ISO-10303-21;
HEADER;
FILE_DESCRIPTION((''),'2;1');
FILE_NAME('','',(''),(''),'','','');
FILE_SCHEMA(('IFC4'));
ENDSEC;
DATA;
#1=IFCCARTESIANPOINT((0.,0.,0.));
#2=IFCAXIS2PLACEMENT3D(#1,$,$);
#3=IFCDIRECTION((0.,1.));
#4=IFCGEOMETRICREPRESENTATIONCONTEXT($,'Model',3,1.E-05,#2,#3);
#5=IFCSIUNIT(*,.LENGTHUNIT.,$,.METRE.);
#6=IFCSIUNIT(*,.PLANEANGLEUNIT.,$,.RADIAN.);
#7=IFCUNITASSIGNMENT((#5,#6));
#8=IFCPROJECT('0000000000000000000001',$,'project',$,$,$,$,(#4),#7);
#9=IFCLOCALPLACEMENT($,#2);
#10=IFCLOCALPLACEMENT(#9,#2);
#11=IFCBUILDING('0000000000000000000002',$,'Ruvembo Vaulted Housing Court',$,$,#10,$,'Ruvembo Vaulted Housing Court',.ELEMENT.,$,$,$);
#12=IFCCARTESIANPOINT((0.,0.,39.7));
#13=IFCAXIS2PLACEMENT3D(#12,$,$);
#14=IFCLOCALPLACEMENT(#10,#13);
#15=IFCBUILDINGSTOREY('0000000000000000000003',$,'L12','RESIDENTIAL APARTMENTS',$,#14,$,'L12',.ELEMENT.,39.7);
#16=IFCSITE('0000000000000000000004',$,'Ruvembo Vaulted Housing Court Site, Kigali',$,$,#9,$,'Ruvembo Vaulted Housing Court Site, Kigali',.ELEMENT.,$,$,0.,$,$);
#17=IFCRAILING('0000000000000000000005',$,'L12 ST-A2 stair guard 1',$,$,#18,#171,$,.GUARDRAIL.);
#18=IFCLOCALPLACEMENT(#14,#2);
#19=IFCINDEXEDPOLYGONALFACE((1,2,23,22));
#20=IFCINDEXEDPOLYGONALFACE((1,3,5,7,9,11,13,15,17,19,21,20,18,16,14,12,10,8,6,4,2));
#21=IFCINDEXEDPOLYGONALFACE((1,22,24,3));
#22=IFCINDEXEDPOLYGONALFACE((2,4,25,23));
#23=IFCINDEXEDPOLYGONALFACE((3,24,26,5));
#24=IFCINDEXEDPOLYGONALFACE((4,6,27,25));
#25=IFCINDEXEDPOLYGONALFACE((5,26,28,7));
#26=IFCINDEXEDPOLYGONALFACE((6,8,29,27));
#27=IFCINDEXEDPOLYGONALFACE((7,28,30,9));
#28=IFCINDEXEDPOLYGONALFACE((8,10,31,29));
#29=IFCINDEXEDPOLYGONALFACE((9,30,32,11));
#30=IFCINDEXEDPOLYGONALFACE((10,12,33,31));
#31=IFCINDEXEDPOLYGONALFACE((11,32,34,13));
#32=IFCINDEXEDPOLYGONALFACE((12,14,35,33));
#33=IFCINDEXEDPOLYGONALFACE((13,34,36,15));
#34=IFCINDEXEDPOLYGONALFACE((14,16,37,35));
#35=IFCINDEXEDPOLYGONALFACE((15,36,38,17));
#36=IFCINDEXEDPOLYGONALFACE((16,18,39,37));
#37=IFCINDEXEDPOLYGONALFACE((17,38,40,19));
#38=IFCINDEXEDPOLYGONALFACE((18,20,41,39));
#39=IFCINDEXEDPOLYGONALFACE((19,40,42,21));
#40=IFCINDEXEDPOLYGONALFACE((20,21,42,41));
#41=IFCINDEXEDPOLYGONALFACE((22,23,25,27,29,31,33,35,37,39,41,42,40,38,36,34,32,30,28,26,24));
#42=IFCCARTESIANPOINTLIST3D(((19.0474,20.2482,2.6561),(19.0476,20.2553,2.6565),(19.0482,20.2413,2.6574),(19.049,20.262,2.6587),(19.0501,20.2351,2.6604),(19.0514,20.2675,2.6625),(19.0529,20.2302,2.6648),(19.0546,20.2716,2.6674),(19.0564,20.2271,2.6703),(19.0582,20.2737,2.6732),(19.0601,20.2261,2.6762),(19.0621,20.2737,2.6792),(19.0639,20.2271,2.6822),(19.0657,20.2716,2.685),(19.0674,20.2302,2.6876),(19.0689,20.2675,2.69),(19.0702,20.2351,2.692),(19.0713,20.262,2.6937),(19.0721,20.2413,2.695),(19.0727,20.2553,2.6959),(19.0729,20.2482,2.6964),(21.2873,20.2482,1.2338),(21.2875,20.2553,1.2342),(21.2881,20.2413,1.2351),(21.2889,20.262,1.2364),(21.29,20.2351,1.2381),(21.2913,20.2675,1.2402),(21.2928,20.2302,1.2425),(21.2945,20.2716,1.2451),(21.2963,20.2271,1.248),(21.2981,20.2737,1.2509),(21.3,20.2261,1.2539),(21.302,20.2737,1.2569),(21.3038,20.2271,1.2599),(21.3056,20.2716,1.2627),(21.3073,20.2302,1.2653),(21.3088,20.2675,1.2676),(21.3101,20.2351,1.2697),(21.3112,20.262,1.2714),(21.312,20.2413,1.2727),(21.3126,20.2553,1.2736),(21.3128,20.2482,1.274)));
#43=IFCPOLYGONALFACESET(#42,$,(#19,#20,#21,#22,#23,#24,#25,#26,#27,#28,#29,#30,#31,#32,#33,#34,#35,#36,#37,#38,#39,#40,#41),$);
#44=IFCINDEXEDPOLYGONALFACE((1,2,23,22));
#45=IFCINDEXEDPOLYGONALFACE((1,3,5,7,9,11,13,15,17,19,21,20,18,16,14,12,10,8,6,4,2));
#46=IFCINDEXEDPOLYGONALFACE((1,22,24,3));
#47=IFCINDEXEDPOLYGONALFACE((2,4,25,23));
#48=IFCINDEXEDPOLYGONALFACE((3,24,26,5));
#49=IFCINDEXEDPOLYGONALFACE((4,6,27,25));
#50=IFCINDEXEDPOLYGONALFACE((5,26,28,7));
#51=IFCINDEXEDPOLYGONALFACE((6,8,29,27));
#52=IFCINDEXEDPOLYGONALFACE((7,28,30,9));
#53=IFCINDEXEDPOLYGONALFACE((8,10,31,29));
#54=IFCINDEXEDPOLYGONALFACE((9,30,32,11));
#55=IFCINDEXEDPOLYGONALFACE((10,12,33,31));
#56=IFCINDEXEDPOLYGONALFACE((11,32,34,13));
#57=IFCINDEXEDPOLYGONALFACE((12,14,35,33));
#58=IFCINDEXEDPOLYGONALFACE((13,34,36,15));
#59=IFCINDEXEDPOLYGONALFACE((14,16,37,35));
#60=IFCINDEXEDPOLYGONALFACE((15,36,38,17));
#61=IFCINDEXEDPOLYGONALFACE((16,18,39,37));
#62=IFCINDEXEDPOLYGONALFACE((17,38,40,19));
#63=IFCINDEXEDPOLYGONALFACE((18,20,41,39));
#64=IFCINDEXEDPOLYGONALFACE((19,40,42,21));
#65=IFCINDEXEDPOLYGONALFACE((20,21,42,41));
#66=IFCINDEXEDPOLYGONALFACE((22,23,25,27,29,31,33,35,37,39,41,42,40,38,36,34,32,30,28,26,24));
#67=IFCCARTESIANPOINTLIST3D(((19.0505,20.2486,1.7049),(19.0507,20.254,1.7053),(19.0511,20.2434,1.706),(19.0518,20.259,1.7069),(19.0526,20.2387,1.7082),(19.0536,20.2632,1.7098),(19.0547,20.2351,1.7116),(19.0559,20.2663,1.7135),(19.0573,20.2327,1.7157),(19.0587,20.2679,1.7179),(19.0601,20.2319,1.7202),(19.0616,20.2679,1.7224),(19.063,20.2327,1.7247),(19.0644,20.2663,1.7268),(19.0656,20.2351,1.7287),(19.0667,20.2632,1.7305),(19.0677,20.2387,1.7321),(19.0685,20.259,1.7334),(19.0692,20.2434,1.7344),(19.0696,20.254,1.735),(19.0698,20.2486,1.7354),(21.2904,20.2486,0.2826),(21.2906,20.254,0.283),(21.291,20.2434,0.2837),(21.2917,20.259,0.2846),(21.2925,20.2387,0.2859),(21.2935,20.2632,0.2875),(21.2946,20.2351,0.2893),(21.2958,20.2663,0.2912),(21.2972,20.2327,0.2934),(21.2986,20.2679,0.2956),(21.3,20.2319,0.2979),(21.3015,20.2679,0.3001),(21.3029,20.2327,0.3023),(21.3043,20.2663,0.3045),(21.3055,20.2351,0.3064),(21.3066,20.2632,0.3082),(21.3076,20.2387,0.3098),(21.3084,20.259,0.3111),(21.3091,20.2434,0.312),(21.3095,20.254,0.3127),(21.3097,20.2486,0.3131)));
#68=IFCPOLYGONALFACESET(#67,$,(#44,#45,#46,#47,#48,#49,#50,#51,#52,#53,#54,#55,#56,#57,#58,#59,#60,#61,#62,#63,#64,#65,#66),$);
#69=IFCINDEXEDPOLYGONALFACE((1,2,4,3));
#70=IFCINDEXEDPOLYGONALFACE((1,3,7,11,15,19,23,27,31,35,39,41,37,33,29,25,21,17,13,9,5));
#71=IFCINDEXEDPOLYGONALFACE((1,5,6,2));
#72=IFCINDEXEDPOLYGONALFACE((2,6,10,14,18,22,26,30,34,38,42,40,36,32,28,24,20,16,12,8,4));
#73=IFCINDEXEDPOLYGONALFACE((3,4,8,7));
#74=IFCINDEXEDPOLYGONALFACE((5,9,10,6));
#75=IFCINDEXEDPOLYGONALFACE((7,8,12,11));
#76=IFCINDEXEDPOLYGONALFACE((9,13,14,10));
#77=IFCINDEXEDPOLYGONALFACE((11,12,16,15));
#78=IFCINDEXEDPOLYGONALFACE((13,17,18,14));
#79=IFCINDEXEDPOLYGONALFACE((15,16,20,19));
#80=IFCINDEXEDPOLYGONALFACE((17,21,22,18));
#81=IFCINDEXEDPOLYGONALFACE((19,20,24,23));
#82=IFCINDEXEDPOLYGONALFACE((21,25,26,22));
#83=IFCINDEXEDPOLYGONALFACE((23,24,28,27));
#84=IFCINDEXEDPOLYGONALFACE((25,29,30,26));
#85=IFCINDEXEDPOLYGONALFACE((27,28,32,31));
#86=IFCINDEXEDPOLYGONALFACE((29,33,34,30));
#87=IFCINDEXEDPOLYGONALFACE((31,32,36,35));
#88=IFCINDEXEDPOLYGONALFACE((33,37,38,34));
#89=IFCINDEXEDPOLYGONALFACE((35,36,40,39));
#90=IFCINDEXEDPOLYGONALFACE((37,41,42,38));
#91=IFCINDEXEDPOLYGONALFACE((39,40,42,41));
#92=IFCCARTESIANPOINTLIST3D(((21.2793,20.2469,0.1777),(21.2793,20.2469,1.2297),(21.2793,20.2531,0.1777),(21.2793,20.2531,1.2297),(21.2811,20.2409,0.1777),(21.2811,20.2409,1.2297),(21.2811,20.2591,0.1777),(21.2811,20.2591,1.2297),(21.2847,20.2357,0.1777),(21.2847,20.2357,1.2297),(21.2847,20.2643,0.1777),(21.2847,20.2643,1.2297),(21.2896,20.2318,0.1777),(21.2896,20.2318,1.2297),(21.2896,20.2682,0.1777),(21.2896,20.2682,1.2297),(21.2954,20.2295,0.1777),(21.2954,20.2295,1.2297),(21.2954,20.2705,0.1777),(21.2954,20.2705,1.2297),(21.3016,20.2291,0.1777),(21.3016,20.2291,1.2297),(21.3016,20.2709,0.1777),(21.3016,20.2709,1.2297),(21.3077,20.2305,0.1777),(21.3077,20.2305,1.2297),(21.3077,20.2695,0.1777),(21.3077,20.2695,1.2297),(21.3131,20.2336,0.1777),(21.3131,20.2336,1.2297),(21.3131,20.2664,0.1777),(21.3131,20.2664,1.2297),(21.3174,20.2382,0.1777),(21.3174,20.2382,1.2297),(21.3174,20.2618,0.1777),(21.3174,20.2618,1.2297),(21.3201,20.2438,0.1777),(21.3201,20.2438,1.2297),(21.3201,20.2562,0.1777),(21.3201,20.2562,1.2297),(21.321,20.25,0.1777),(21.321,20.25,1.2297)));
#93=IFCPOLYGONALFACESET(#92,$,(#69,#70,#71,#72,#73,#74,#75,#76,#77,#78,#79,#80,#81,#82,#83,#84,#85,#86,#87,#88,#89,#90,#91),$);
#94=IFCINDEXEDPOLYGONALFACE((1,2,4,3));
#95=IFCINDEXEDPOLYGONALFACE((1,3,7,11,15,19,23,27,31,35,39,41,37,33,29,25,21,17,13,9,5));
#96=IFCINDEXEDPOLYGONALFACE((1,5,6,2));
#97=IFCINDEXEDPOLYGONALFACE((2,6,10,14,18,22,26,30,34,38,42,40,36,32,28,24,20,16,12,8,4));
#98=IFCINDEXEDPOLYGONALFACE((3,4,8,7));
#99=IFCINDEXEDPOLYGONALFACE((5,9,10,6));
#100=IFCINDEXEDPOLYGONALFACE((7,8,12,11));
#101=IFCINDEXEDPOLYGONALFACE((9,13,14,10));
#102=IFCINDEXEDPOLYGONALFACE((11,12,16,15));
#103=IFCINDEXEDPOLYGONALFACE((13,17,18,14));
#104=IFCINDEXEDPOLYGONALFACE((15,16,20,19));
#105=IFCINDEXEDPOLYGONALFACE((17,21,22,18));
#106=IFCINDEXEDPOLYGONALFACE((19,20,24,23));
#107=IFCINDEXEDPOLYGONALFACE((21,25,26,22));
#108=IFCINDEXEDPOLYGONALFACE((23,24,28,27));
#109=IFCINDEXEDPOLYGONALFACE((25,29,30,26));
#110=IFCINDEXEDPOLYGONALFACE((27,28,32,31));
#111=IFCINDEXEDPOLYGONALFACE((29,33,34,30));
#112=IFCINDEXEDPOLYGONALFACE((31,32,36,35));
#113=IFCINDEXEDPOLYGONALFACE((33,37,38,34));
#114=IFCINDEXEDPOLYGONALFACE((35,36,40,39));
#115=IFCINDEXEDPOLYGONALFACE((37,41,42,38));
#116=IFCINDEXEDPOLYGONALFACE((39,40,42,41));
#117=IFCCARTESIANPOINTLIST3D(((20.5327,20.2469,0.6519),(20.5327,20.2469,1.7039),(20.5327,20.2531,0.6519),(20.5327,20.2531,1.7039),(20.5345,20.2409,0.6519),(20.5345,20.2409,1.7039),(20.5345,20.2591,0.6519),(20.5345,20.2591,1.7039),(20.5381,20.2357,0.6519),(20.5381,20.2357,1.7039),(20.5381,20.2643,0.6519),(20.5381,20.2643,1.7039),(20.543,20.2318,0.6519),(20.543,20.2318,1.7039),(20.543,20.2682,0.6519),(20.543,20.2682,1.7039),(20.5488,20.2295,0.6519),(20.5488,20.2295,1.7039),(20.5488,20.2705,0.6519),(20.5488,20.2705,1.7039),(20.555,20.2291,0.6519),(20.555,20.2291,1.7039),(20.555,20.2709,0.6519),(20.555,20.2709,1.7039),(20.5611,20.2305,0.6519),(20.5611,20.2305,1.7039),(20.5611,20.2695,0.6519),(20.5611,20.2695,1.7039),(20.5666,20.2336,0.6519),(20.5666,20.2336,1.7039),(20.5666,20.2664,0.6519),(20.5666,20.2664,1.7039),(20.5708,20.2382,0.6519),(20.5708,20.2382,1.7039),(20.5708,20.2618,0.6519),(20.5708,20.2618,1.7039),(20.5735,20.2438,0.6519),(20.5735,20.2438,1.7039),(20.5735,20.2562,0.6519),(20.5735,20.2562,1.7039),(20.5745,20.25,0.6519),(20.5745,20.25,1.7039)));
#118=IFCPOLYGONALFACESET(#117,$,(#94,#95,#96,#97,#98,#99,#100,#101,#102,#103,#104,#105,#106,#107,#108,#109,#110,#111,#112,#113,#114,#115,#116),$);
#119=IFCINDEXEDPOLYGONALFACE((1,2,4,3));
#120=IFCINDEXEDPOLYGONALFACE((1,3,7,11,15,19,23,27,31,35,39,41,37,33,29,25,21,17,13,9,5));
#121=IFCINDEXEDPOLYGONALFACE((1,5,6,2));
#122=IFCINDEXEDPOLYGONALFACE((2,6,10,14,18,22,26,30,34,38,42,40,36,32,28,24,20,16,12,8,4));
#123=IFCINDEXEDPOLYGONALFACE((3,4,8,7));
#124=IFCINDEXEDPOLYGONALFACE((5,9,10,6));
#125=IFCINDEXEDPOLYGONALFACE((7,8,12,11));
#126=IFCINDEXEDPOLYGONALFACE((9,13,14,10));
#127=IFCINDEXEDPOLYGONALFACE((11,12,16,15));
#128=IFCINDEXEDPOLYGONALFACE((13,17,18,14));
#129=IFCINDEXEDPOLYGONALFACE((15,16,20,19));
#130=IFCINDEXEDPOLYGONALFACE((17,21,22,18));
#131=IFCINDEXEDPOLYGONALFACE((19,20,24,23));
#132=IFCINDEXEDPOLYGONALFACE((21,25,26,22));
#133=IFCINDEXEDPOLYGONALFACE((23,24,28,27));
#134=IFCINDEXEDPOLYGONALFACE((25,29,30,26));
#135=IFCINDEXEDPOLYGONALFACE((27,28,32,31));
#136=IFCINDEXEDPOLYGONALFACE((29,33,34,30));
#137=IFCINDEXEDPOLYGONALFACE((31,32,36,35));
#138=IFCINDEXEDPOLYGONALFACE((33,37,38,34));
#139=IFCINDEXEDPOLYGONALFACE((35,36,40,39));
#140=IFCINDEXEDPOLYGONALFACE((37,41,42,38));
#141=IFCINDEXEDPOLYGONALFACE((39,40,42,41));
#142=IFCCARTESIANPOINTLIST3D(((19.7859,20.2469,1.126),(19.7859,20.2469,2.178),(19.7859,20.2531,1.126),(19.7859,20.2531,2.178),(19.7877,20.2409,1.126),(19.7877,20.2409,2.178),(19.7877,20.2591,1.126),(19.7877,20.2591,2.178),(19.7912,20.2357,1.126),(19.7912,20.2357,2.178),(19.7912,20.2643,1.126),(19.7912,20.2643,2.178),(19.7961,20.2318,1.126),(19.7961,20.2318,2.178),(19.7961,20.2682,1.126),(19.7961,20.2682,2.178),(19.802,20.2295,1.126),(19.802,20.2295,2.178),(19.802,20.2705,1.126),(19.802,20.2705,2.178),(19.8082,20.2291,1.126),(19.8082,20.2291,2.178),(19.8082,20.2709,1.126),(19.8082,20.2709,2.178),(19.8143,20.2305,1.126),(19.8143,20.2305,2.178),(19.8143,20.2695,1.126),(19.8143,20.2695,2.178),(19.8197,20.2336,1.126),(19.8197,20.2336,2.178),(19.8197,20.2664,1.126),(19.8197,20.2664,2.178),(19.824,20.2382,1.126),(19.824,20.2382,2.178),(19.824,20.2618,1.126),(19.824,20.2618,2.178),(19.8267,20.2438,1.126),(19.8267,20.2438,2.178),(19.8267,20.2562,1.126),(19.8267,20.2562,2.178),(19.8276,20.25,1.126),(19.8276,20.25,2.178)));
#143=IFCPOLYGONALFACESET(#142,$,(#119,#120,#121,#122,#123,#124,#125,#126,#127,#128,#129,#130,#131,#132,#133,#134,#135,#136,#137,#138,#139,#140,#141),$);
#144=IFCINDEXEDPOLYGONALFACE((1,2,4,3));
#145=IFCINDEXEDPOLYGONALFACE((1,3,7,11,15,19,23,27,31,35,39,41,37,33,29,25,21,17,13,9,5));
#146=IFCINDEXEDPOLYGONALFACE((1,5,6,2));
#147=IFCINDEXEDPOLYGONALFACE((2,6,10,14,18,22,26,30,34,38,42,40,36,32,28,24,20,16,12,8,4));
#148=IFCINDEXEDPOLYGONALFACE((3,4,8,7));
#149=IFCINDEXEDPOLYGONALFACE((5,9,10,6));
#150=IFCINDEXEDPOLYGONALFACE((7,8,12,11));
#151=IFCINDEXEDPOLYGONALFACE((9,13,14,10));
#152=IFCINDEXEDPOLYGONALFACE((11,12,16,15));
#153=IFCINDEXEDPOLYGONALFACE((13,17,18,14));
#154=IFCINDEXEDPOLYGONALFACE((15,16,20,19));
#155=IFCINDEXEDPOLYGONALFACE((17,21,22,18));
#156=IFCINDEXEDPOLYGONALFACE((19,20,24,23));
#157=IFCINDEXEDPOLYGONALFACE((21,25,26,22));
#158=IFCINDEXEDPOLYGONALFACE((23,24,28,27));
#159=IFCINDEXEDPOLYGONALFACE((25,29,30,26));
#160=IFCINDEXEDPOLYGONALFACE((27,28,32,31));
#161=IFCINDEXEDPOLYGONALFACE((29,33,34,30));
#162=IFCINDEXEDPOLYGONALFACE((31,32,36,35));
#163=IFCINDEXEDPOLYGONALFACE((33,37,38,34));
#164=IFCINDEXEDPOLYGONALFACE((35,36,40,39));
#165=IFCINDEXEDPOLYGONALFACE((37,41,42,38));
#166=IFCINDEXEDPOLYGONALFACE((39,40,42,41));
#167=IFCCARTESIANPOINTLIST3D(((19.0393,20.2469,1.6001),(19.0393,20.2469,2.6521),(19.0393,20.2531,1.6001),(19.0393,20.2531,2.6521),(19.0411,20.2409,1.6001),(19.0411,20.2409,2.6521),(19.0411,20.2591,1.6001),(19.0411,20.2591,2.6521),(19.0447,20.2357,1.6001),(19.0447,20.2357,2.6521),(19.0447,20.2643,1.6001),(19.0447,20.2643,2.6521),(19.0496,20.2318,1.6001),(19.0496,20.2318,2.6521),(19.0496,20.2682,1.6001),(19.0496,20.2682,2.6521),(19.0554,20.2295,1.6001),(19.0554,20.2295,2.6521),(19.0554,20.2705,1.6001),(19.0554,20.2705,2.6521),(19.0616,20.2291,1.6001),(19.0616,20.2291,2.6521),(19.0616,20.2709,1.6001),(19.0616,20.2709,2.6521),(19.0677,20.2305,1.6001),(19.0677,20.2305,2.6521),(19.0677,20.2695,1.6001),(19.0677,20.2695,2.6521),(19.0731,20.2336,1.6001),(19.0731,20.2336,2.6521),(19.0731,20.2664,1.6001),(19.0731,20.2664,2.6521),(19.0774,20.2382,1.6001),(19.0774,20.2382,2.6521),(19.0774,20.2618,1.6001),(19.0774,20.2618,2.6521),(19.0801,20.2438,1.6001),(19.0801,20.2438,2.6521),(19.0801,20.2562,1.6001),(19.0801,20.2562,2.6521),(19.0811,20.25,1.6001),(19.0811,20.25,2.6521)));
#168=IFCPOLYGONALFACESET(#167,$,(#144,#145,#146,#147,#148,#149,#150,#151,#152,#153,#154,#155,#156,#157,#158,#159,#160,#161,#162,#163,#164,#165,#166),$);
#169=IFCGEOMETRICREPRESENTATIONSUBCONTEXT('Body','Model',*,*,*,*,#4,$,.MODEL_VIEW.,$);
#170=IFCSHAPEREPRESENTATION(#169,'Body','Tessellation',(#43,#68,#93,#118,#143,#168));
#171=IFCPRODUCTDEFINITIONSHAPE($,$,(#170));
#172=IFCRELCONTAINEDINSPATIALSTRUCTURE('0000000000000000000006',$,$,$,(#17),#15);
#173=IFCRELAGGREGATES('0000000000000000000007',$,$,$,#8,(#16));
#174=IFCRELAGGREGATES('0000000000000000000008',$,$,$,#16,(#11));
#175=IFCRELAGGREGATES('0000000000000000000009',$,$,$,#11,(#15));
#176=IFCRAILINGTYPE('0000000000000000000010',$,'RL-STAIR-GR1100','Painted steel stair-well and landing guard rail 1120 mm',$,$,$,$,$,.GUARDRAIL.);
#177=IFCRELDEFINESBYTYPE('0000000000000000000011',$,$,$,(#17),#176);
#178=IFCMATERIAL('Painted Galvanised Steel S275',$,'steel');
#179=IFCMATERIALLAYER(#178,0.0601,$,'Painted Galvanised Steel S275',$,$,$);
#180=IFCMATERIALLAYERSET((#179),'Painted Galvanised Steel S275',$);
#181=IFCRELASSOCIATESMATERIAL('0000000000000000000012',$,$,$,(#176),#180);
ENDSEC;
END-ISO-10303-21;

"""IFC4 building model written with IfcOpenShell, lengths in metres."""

from ifc_helpers import new_model, si_unit, direction, frame, origin, origin_2d, place, context, subcontext, project, spatial, circle, extrude, material, layer, layer_set, type_object, element, save


model = new_model("IFC4")

# Units and contexts
model_context = context("Model", 3, precision=1e-05, world=origin(), true_north=direction((0.0, 1.0)))
body_context = subcontext(model_context, "Body", "Model", "MODEL_VIEW")
ifc_project = project(units=[si_unit("LENGTHUNIT", "METRE"), si_unit("PLANEANGLEUNIT", "RADIAN")], contexts=[model_context])

# Site, building, storey
site_placement = place(None, origin())
site = spatial("IfcSite", under=ifc_project, at=site_placement, Name="Ruvembo Vaulted Housing Court Site, Kigali", LongName="Ruvembo Vaulted Housing Court Site, Kigali", CompositionType="ELEMENT", RefElevation=0.0)
building_placement = place(site_placement, origin())
building = spatial("IfcBuilding", under=site, at=building_placement, Name="Ruvembo Vaulted Housing Court", LongName="Ruvembo Vaulted Housing Court", CompositionType="ELEMENT")
storey_placement = place(building_placement, frame((0.0, 0.0, 39.7)))
storey = spatial("IfcBuildingStorey", under=building, at=storey_placement, Name="L12", Description="RESIDENTIAL APARTMENTS", LongName="L12", CompositionType="ELEMENT", Elevation=39.7)

# Railing
ifc_material_1 = material(Name="Painted Galvanised Steel S275", Category="steel")
ifc_layer_1 = layer(ifc_material_1, 0.0601, Name="Painted Galvanised Steel S275")
ifc_layer_set_1 = layer_set([ifc_layer_1], Name="Painted Galvanised Steel S275")
railing_type_1 = type_object("IfcRailingType", Name="RL-STAIR-GR1100", Description="Painted steel stair-well and landing guard rail 1120 mm", PredefinedType="GUARDRAIL", material=ifc_layer_set_1)
railing_1_placement = place(storey_placement, frame((21.3, 20.25, 0.1777)))
element("IfcRailing", 1, at=railing_1_placement, inside=storey, type_object=railing_type_1, Name="L12 ST-A2 stair guard 1", PredefinedType="GUARDRAIL", context=body_context, shape_type="SweptSolid", body=[
    extrude(circle(Radius=0.0239, at=origin_2d()), frame((0.0, 0.0, 1.0762), z_axis=(-0.844188, 0.0, 0.536048), x_axis=(0.0, -1.0, 0.0)), (0.0, 0.0, 1.0), 2.6533),
    extrude(circle(Radius=0.0181, at=origin_2d()), frame((0.0, 0.0, 0.1201), z_axis=(-0.844188, 0.0, 0.536048), x_axis=(0.0, -1.0, 0.0)), (0.0, 0.0, 1.0), 2.6533),
    extrude(circle(Radius=0.021, at=origin_2d()), origin(), (0.0, 0.0, 1.0), 1.052),
    extrude(circle(Radius=0.021, at=origin_2d()), frame((-0.7466, 0.0, 0.4741)), (0.0, 0.0, 1.0), 1.052),
    extrude(circle(Radius=0.021, at=origin_2d()), frame((-1.4934, 0.0, 0.9482)), (0.0, 0.0, 1.0), 1.052),
    extrude(circle(Radius=0.021, at=origin_2d()), frame((-2.24, 0.0, 1.4224)), (0.0, 0.0, 1.0), 1.052),
])

save(model, "model.ifc")
